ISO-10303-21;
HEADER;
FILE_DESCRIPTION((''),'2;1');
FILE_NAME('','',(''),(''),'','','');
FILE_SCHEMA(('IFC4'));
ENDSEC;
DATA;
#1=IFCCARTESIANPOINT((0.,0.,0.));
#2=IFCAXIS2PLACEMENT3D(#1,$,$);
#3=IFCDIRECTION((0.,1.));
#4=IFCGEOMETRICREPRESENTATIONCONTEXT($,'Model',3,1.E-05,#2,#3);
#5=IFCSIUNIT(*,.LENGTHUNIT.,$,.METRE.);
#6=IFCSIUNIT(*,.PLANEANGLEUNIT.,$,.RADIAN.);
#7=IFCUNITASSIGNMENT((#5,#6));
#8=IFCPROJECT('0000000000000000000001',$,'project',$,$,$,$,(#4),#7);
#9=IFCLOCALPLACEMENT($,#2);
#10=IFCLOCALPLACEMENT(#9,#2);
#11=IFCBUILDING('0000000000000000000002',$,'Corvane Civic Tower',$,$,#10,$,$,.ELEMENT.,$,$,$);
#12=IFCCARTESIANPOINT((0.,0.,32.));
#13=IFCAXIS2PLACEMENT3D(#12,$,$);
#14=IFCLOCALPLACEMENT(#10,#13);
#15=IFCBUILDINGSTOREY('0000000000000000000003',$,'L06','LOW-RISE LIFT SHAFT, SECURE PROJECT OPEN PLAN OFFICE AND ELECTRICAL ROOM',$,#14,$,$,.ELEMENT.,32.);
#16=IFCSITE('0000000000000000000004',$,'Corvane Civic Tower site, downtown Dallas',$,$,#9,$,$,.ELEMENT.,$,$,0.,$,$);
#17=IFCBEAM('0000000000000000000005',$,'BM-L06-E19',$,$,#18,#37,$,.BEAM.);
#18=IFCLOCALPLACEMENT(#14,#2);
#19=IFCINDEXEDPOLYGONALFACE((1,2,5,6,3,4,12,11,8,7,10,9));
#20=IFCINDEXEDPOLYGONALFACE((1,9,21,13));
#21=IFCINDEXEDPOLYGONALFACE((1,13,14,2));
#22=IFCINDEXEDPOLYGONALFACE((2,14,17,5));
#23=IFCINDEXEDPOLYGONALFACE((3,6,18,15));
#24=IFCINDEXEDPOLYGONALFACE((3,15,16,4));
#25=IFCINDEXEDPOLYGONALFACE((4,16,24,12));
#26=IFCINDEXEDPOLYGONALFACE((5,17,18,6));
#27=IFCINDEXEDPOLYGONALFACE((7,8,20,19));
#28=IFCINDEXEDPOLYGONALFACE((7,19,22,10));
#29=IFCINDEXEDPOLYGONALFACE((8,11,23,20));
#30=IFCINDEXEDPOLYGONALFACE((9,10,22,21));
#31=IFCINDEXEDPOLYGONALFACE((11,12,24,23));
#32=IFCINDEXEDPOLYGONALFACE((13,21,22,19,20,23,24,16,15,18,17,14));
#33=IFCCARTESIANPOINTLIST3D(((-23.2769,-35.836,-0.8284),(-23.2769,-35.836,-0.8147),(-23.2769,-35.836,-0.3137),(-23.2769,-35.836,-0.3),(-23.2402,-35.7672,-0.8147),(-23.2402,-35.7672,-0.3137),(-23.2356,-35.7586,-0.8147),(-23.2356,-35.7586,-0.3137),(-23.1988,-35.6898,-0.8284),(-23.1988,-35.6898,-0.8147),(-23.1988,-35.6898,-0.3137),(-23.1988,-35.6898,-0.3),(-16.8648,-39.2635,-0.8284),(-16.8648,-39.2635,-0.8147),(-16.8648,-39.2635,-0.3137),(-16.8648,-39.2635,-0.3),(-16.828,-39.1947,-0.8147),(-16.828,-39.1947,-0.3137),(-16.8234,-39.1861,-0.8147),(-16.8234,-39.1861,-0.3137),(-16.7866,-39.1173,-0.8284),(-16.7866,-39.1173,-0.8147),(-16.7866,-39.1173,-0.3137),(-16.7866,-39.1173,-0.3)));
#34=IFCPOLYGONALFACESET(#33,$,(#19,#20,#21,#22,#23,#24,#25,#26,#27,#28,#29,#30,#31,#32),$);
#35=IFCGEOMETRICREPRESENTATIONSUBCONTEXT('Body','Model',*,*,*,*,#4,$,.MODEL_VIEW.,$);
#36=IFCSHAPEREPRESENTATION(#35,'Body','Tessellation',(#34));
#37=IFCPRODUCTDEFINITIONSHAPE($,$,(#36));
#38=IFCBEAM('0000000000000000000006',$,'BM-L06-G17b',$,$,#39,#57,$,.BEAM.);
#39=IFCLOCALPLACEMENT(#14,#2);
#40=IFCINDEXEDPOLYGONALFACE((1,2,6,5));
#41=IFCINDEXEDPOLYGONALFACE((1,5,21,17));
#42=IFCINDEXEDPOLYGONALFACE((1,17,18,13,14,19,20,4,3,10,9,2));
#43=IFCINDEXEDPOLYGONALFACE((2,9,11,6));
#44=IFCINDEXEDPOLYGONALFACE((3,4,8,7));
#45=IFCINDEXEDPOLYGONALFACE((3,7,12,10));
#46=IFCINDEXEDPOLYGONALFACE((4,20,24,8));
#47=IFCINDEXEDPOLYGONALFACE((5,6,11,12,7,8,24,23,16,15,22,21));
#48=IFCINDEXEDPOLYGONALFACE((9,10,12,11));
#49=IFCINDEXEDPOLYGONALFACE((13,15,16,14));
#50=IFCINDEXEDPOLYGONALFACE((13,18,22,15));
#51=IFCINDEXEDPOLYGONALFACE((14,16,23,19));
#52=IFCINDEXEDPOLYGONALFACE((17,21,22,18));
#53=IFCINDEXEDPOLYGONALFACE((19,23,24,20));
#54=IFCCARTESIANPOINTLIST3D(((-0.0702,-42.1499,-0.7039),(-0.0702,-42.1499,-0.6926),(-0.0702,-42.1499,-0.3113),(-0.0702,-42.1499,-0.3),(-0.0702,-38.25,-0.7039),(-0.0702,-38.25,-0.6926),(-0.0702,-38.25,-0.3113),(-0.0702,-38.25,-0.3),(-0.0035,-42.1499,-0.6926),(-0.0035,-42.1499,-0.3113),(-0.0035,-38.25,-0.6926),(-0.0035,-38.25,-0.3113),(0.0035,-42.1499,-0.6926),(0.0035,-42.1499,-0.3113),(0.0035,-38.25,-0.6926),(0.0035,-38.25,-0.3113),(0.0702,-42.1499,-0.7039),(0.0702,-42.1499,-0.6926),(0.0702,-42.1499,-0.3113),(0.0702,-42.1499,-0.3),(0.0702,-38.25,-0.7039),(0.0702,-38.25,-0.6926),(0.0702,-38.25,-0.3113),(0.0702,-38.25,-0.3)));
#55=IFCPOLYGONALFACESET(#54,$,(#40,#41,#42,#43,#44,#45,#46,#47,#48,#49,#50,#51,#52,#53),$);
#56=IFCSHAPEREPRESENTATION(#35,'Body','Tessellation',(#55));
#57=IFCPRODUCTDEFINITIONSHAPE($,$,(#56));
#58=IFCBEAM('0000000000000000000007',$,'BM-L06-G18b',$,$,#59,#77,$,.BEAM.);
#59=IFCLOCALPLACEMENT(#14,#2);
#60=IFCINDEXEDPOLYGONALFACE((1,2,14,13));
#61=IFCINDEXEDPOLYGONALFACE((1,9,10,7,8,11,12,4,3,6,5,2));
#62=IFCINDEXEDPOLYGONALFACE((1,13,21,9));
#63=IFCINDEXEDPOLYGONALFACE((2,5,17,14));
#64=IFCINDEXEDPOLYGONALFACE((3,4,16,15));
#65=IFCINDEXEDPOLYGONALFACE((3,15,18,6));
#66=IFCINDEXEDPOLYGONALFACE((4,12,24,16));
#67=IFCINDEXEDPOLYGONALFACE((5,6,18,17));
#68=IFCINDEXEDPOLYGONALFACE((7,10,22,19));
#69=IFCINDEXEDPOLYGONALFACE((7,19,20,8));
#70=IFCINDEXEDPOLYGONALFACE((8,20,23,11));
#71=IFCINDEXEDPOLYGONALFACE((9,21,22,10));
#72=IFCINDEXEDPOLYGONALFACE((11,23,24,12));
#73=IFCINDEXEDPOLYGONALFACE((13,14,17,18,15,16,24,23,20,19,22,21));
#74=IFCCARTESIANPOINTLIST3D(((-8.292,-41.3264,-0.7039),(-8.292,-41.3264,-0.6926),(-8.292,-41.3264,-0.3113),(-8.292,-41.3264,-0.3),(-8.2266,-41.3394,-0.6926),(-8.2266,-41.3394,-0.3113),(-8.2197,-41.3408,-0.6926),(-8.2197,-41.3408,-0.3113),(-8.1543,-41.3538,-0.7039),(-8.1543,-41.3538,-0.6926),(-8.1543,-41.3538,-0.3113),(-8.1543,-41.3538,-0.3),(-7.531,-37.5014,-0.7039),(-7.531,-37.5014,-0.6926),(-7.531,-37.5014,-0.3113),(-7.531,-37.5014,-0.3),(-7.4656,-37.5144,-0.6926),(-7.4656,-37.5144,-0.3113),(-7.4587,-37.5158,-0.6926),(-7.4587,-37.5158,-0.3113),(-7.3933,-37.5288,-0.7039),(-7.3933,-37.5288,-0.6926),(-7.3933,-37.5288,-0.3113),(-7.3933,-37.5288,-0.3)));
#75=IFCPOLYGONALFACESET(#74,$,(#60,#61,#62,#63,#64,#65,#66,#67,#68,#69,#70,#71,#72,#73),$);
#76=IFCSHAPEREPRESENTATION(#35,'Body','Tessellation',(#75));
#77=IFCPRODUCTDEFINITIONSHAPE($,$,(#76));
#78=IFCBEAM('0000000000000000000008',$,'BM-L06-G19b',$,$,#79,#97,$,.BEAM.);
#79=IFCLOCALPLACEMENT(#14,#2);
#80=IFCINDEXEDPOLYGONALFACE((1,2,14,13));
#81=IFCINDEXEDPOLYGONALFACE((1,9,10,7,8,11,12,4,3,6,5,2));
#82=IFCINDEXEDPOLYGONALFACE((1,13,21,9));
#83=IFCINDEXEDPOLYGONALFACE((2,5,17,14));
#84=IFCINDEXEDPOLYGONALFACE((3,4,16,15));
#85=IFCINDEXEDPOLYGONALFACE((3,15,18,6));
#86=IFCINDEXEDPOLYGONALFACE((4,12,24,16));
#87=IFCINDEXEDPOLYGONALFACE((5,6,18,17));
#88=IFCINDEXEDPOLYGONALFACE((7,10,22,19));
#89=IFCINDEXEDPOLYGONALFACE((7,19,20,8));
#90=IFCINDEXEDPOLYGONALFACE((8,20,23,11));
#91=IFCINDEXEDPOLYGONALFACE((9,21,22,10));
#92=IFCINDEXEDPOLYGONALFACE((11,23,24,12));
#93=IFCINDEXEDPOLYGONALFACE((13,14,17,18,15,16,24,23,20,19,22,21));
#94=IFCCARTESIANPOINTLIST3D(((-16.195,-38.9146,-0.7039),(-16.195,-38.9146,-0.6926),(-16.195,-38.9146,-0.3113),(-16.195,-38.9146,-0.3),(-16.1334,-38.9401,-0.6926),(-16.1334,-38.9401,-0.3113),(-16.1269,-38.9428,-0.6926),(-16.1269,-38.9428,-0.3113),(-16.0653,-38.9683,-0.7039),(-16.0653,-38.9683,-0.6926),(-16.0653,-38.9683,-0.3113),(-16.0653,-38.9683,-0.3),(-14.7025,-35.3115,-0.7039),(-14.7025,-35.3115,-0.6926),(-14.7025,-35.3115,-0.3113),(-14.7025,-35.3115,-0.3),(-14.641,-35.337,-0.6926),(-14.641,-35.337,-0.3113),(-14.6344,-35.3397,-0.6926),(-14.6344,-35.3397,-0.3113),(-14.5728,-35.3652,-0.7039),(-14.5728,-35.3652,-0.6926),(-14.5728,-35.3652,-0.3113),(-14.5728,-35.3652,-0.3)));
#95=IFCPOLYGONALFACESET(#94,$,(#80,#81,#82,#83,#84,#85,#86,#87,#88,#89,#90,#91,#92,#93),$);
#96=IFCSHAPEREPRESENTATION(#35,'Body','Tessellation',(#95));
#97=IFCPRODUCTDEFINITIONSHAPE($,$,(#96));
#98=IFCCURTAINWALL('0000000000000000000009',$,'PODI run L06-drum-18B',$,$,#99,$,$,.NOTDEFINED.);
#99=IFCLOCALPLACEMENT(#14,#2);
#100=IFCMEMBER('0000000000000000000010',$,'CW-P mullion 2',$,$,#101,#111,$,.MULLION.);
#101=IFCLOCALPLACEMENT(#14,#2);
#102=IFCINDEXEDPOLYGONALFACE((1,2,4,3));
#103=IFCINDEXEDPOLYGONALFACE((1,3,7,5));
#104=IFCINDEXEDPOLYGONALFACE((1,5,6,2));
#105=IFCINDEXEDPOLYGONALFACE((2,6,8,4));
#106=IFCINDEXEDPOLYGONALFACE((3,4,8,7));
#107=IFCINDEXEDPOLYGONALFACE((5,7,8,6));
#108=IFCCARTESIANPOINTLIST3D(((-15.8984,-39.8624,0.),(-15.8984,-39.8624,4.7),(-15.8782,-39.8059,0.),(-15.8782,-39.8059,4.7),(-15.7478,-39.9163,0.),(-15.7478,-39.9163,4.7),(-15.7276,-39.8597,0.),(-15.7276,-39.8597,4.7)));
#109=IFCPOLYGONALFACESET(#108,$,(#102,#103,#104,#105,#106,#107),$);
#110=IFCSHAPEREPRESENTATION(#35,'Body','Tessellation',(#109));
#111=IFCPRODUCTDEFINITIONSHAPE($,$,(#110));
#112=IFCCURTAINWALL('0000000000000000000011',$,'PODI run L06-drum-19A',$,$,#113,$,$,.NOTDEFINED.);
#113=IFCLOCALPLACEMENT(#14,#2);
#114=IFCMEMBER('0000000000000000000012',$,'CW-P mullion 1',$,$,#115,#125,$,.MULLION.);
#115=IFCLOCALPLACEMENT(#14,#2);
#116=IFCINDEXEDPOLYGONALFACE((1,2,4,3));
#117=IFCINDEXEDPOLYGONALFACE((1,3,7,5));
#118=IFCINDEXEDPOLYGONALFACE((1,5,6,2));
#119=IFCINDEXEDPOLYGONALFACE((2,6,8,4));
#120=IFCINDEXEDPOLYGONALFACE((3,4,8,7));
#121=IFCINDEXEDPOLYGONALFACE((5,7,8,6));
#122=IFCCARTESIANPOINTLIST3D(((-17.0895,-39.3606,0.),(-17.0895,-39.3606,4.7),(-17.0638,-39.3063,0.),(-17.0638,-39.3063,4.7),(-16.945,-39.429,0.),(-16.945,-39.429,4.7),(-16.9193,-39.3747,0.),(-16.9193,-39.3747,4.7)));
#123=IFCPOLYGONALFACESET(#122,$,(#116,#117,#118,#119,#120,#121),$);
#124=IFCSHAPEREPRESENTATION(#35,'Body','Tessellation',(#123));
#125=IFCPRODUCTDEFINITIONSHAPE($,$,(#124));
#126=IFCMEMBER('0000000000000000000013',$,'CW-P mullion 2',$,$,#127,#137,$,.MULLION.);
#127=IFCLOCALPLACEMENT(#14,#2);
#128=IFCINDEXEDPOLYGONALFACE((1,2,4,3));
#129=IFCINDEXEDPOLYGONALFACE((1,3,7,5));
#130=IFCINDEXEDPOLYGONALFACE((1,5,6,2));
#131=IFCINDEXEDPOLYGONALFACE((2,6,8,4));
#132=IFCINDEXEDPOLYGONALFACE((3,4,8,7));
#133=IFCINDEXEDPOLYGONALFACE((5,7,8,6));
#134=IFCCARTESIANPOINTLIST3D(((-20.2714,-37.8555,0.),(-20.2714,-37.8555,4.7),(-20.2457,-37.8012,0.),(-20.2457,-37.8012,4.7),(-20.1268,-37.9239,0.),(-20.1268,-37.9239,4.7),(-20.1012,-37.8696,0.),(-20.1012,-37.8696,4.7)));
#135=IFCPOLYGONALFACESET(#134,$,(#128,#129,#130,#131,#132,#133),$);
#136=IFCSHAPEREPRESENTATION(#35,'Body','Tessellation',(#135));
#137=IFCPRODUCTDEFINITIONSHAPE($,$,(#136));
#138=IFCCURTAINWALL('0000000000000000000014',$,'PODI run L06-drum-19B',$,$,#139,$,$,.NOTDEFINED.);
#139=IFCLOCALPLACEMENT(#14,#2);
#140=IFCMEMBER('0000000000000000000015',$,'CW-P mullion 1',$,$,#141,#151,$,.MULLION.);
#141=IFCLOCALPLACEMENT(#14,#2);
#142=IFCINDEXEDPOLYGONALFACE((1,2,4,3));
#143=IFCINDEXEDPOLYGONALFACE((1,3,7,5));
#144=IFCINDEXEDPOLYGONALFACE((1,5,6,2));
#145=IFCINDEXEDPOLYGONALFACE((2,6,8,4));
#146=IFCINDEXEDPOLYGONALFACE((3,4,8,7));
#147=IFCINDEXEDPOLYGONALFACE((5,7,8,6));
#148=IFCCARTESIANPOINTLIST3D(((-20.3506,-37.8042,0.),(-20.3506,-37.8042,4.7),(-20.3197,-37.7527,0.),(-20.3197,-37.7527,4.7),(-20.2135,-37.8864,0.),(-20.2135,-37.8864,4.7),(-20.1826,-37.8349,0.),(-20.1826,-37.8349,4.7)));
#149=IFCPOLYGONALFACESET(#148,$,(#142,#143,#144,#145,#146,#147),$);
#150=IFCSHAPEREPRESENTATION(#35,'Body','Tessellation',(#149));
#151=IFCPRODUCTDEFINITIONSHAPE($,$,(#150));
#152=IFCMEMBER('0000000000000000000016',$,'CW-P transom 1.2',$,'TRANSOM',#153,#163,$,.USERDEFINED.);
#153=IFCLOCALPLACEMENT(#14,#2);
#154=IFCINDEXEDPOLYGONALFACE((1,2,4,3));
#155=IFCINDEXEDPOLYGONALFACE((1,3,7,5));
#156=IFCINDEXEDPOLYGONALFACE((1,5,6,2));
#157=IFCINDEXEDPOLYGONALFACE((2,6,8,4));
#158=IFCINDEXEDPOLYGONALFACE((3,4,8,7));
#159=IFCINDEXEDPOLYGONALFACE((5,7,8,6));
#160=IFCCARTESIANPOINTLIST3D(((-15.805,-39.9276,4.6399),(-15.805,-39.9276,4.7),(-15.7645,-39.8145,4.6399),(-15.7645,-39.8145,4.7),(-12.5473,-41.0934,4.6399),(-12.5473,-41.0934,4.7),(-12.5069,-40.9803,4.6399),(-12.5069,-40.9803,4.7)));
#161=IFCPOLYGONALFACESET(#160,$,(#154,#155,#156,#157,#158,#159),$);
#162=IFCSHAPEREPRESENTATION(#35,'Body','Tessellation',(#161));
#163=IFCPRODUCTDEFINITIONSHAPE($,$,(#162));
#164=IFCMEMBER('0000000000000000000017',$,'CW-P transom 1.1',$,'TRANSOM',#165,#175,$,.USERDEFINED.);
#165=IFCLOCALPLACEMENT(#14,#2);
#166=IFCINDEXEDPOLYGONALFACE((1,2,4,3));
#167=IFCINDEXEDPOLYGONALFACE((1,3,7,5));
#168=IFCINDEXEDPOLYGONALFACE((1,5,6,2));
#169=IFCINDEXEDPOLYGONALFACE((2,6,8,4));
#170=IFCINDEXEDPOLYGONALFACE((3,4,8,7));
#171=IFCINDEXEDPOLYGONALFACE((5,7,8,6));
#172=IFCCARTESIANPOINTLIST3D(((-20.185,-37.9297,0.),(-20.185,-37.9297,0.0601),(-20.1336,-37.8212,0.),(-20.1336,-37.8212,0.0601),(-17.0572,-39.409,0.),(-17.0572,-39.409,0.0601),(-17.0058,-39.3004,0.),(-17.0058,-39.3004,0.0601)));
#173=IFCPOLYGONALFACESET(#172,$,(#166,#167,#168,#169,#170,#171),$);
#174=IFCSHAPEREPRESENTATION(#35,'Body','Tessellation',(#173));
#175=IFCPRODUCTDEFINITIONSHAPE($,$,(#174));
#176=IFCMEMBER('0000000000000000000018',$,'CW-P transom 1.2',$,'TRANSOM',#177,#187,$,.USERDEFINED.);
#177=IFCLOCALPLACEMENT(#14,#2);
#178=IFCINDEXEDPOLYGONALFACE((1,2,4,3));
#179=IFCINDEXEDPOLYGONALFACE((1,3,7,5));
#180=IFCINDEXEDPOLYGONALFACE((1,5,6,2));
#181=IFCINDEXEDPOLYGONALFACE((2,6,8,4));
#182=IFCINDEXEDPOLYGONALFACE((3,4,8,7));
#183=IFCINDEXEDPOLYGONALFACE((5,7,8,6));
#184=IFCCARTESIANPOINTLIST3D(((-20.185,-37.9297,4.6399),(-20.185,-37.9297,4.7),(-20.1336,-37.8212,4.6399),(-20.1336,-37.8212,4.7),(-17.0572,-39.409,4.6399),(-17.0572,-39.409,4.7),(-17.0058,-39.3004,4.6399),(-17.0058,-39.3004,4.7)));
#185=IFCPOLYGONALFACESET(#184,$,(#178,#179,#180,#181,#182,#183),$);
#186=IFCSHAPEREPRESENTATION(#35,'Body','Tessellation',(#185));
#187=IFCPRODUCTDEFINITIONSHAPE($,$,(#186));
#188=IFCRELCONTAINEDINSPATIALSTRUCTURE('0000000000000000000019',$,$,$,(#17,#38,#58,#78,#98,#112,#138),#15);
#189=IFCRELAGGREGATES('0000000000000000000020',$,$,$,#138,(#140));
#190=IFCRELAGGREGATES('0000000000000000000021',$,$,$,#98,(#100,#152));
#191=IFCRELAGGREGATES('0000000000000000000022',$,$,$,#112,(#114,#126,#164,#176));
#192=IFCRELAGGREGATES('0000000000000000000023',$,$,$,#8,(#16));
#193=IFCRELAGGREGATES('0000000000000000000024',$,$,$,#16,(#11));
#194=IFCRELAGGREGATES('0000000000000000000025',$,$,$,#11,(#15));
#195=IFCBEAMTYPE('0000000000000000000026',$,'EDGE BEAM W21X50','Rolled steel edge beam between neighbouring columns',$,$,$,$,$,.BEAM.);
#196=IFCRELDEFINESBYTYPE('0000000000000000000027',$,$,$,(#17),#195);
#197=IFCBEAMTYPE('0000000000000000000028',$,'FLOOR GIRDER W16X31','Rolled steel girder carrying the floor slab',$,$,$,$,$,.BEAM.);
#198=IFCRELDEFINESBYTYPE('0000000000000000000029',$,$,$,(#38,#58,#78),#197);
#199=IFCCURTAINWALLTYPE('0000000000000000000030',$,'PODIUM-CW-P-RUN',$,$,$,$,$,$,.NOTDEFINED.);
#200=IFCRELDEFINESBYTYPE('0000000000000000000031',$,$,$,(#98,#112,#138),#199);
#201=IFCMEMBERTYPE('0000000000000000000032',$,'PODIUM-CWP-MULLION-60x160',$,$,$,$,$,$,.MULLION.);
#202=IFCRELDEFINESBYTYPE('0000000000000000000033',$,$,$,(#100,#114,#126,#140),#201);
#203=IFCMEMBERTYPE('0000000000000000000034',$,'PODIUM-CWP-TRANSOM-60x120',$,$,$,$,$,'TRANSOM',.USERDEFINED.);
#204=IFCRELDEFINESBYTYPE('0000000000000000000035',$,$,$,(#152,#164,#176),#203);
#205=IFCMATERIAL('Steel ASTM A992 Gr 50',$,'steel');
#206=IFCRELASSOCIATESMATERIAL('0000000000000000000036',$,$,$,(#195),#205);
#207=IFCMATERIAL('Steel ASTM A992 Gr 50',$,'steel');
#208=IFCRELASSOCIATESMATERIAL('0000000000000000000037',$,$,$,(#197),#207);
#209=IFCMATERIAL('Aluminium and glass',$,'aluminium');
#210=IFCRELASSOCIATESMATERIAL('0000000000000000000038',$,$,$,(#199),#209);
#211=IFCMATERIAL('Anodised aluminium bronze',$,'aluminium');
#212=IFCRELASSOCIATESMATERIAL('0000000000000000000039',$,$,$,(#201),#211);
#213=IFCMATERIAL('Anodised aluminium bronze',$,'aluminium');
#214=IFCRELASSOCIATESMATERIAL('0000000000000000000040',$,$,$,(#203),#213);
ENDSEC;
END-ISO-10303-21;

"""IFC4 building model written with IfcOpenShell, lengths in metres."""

from ifc_helpers import new_model, si_unit, direction, frame, origin, origin_2d, place, context, subcontext, project, spatial, rectangle, i_section, extrude, material, material_profile, profile_set, type_object, element, aggregate, save


model = new_model("IFC4")

# Units and contexts
model_context = context("Model", 3, precision=1e-05, world=origin(), true_north=direction((0.0, 1.0)))
body_context = subcontext(model_context, "Body", "Model", "MODEL_VIEW")
ifc_project = project(units=[si_unit("LENGTHUNIT", "METRE"), si_unit("PLANEANGLEUNIT", "RADIAN")], contexts=[model_context])

# Site, building, storey
site_placement = place(None, origin())
site = spatial("IfcSite", under=ifc_project, at=site_placement, Name="Corvane Civic Tower site, downtown Dallas", CompositionType="ELEMENT", RefElevation=0.0)
building_placement = place(site_placement, origin())
building = spatial("IfcBuilding", under=site, at=building_placement, Name="Corvane Civic Tower", CompositionType="ELEMENT")
storey_placement = place(building_placement, frame((0.0, 0.0, 32.0)))
storey = spatial("IfcBuildingStorey", under=building, at=storey_placement, Name="L06", Description="LOW-RISE LIFT SHAFT, SECURE PROJECT OPEN PLAN OFFICE AND ELECTRICAL ROOM", CompositionType="ELEMENT", Elevation=32.0)

# Beams
ifc_material_1 = material(Name="Steel ASTM A992 Gr 50", Category="steel")
ifc_material_profile_1 = material_profile(ifc_material_1, i_section(OverallWidth=0.1658, OverallDepth=0.5283, WebThickness=0.0098, FlangeThickness=0.0137, at=origin_2d()), Name="W21X50")
ifc_profile_set_1 = profile_set([ifc_material_profile_1], Name="Steel ASTM A992 Gr 50")
beam_type_1 = type_object("IfcBeamType", Name="EDGE BEAM W21X50", Description="Rolled steel edge beam between neighbouring columns", PredefinedType="BEAM", material=ifc_profile_set_1)
beam_placement = place(storey_placement, frame((-16.8257, -39.1904, -0.5642), z_axis=(-0.881913, 0.471412, 0.0), x_axis=(-0.471412, -0.881913, 0.0)))
element("IfcBeam", 1, at=beam_placement, inside=storey, type_object=beam_type_1, Name="BM-L06-E19", PredefinedType="BEAM", context=body_context, shape_type="SweptSolid", body=[
    extrude(i_section(OverallWidth=0.1658, OverallDepth=0.5283, WebThickness=0.0098, FlangeThickness=0.0137, at=origin_2d()), origin(), (0.0, 0.0, 1.0), 7.2708),
])
ifc_material_2 = material(Name="Steel ASTM A992 Gr 50", Category="steel")
ifc_material_profile_2 = material_profile(ifc_material_2, i_section(OverallWidth=0.1404, OverallDepth=0.4038, WebThickness=0.0071, FlangeThickness=0.0112, at=origin_2d()), Name="W16X31")
ifc_profile_set_2 = profile_set([ifc_material_profile_2], Name="Steel ASTM A992 Gr 50")
beam_type_2 = type_object("IfcBeamType", Name="FLOOR GIRDER W16X31", Description="Rolled steel girder carrying the floor slab", PredefinedType="BEAM", material=ifc_profile_set_2)
for number, where, z_axis, x_axis, name in (
    (2, (0.0, -38.25, -0.502), (0.0, -1.0, 0.0), (1.0, 0.0, 0.0), "BM-L06-G17b"),
    (3, (-7.4622, -37.5151, -0.502), (-0.195129, -0.980778, 0.0), (0.980778, -0.195129, 0.0), "BM-L06-G18b"),
    (4, (-14.6377, -35.3384, -0.502), (-0.382685, -0.923879, 0.0), (0.923879, -0.382685, 0.0), "BM-L06-G19b"),
):
    element("IfcBeam", number, at=place(storey_placement, frame(where, z_axis=z_axis, x_axis=x_axis)), inside=storey, type_object=beam_type_2, Name=name, PredefinedType="BEAM", context=body_context, shape_type="SweptSolid", body=[
        extrude(i_section(OverallWidth=0.1404, OverallDepth=0.4038, WebThickness=0.0071, FlangeThickness=0.0112, at=origin_2d()), origin(), (0.0, 0.0, 1.0), 3.8999),
    ])

# Curtain wall, member
ifc_material_3 = material(Name="Aluminium and glass", Category="aluminium")
curtain_wall_type = type_object("IfcCurtainWallType", Name="PODIUM-CW-P-RUN", PredefinedType="NOTDEFINED", material=ifc_material_3)
curtain_wall_1_placement = place(storey_placement, origin())
curtain_wall_1 = element("IfcCurtainWall", 5, at=curtain_wall_1_placement, inside=storey, type_object=curtain_wall_type, Name="PODI run L06-drum-18B", PredefinedType="NOTDEFINED")
ifc_material_4 = material(Name="Anodised aluminium bronze", Category="aluminium")
ifc_material_profile_3 = material_profile(ifc_material_4, rectangle(XDim=0.0601, YDim=0.1599, at=origin_2d()), Name="AL 60x160")
ifc_profile_set_3 = profile_set([ifc_material_profile_3], Name="Anodised aluminium bronze")
member_type_1 = type_object("IfcMemberType", Name="PODIUM-CWP-MULLION-60x160", PredefinedType="MULLION", material=ifc_profile_set_3)
member_1_placement = place(storey_placement, frame((-15.813, -39.8611, 0.0), z_axis=(0.0, 0.0, 1.0), x_axis=(-0.336919, -0.941534, 0.0)))
member_1 = element("IfcMember", 6, at=member_1_placement, type_object=member_type_1, Name="CW-P mullion 2", PredefinedType="MULLION", context=body_context, shape_type="SweptSolid", body=[
    extrude(rectangle(XDim=0.0601, YDim=0.1599, at=origin_2d()), origin(), (0.0, 0.0, 1.0), 4.7),
])

# Curtain wall, members
curtain_wall_2_placement = place(storey_placement, origin())
curtain_wall_2 = element("IfcCurtainWall", 7, at=curtain_wall_2_placement, inside=storey, type_object=curtain_wall_type, Name="PODI run L06-drum-19A", PredefinedType="NOTDEFINED")
member_2_placement = place(storey_placement, frame((-17.0044, -39.3677, 0.0), z_axis=(0.0, 0.0, 1.0), x_axis=(-0.427553, -0.90399, 0.0)))
member_2 = element("IfcMember", 8, at=member_2_placement, type_object=member_type_1, Name="CW-P mullion 1", PredefinedType="MULLION", context=body_context, shape_type="SweptSolid", body=[
    extrude(rectangle(XDim=0.0601, YDim=0.1599, at=origin_2d()), origin(), (0.0, 0.0, 1.0), 4.7),
])
member_3_placement = place(storey_placement, frame((-20.1863, -37.8625, 0.0), z_axis=(0.0, 0.0, 1.0), x_axis=(-0.427553, -0.90399, 0.0)))
member_3 = element("IfcMember", 9, at=member_3_placement, type_object=member_type_1, Name="CW-P mullion 2", PredefinedType="MULLION", context=body_context, shape_type="SweptSolid", body=[
    extrude(rectangle(XDim=0.0601, YDim=0.1599, at=origin_2d()), origin(), (0.0, 0.0, 1.0), 4.7),
])

# Curtain wall, member
curtain_wall_3_placement = place(storey_placement, origin())
curtain_wall_3 = element("IfcCurtainWall", 10, at=curtain_wall_3_placement, inside=storey, type_object=curtain_wall_type, Name="PODI run L06-drum-19B", PredefinedType="NOTDEFINED")
member_4_placement = place(storey_placement, frame((-20.2666, -37.8196, 0.0), z_axis=(0.0, 0.0, 1.0), x_axis=(-0.514118, -0.85772, 0.0)))
member_4 = element("IfcMember", 11, at=member_4_placement, type_object=member_type_1, Name="CW-P mullion 1", PredefinedType="MULLION", context=body_context, shape_type="SweptSolid", body=[
    extrude(rectangle(XDim=0.0601, YDim=0.1599, at=origin_2d()), origin(), (0.0, 0.0, 1.0), 4.7),
])
aggregate(curtain_wall_3, [member_4])

# Members
ifc_material_5 = material(Name="Anodised aluminium bronze", Category="aluminium")
ifc_material_profile_4 = material_profile(ifc_material_5, rectangle(XDim=0.1201, YDim=0.0601, at=origin_2d()), Name="AL 120x60")
ifc_profile_set_4 = profile_set([ifc_material_profile_4], Name="Anodised aluminium bronze")
member_type_2 = type_object("IfcMemberType", Name="PODIUM-CWP-TRANSOM-60x120", ElementType="TRANSOM", PredefinedType="USERDEFINED", material=ifc_profile_set_4)
member_5_placement = place(storey_placement, frame((-12.5271, -41.0369, 4.6699), z_axis=(-0.941526, 0.33694, 0.0), x_axis=(-0.33694, -0.941526, 0.0)))
member_5 = element("IfcMember", 12, at=member_5_placement, type_object=member_type_2, Name="CW-P transom 1.2", ObjectType="TRANSOM", PredefinedType="USERDEFINED", context=body_context, shape_type="SweptSolid", body=[
    extrude(rectangle(XDim=0.1201, YDim=0.0601, at=origin_2d()), origin(), (0.0, 0.0, 1.0), 3.46),
])
member_6_placement = place(storey_placement, frame((-17.0315, -39.3547, 0.03), z_axis=(-0.903993, 0.427546, 0.0), x_axis=(-0.427546, -0.903993, 0.0)))
member_6 = element("IfcMember", 13, at=member_6_placement, type_object=member_type_2, Name="CW-P transom 1.1", ObjectType="TRANSOM", PredefinedType="USERDEFINED", context=body_context, shape_type="SweptSolid", body=[
    extrude(rectangle(XDim=0.1201, YDim=0.0601, at=origin_2d()), origin(), (0.0, 0.0, 1.0), 3.46),
])
member_7_placement = place(storey_placement, frame((-17.0315, -39.3547, 4.6699), z_axis=(-0.903993, 0.427546, 0.0), x_axis=(-0.427546, -0.903993, 0.0)))
member_7 = element("IfcMember", 14, at=member_7_placement, type_object=member_type_2, Name="CW-P transom 1.2", ObjectType="TRANSOM", PredefinedType="USERDEFINED", context=body_context, shape_type="SweptSolid", body=[
    extrude(rectangle(XDim=0.1201, YDim=0.0601, at=origin_2d()), origin(), (0.0, 0.0, 1.0), 3.46),
])

aggregate(curtain_wall_1, [member_1, member_5])
aggregate(curtain_wall_2, [member_2, member_3, member_6, member_7])

save(model, "model.ifc")
